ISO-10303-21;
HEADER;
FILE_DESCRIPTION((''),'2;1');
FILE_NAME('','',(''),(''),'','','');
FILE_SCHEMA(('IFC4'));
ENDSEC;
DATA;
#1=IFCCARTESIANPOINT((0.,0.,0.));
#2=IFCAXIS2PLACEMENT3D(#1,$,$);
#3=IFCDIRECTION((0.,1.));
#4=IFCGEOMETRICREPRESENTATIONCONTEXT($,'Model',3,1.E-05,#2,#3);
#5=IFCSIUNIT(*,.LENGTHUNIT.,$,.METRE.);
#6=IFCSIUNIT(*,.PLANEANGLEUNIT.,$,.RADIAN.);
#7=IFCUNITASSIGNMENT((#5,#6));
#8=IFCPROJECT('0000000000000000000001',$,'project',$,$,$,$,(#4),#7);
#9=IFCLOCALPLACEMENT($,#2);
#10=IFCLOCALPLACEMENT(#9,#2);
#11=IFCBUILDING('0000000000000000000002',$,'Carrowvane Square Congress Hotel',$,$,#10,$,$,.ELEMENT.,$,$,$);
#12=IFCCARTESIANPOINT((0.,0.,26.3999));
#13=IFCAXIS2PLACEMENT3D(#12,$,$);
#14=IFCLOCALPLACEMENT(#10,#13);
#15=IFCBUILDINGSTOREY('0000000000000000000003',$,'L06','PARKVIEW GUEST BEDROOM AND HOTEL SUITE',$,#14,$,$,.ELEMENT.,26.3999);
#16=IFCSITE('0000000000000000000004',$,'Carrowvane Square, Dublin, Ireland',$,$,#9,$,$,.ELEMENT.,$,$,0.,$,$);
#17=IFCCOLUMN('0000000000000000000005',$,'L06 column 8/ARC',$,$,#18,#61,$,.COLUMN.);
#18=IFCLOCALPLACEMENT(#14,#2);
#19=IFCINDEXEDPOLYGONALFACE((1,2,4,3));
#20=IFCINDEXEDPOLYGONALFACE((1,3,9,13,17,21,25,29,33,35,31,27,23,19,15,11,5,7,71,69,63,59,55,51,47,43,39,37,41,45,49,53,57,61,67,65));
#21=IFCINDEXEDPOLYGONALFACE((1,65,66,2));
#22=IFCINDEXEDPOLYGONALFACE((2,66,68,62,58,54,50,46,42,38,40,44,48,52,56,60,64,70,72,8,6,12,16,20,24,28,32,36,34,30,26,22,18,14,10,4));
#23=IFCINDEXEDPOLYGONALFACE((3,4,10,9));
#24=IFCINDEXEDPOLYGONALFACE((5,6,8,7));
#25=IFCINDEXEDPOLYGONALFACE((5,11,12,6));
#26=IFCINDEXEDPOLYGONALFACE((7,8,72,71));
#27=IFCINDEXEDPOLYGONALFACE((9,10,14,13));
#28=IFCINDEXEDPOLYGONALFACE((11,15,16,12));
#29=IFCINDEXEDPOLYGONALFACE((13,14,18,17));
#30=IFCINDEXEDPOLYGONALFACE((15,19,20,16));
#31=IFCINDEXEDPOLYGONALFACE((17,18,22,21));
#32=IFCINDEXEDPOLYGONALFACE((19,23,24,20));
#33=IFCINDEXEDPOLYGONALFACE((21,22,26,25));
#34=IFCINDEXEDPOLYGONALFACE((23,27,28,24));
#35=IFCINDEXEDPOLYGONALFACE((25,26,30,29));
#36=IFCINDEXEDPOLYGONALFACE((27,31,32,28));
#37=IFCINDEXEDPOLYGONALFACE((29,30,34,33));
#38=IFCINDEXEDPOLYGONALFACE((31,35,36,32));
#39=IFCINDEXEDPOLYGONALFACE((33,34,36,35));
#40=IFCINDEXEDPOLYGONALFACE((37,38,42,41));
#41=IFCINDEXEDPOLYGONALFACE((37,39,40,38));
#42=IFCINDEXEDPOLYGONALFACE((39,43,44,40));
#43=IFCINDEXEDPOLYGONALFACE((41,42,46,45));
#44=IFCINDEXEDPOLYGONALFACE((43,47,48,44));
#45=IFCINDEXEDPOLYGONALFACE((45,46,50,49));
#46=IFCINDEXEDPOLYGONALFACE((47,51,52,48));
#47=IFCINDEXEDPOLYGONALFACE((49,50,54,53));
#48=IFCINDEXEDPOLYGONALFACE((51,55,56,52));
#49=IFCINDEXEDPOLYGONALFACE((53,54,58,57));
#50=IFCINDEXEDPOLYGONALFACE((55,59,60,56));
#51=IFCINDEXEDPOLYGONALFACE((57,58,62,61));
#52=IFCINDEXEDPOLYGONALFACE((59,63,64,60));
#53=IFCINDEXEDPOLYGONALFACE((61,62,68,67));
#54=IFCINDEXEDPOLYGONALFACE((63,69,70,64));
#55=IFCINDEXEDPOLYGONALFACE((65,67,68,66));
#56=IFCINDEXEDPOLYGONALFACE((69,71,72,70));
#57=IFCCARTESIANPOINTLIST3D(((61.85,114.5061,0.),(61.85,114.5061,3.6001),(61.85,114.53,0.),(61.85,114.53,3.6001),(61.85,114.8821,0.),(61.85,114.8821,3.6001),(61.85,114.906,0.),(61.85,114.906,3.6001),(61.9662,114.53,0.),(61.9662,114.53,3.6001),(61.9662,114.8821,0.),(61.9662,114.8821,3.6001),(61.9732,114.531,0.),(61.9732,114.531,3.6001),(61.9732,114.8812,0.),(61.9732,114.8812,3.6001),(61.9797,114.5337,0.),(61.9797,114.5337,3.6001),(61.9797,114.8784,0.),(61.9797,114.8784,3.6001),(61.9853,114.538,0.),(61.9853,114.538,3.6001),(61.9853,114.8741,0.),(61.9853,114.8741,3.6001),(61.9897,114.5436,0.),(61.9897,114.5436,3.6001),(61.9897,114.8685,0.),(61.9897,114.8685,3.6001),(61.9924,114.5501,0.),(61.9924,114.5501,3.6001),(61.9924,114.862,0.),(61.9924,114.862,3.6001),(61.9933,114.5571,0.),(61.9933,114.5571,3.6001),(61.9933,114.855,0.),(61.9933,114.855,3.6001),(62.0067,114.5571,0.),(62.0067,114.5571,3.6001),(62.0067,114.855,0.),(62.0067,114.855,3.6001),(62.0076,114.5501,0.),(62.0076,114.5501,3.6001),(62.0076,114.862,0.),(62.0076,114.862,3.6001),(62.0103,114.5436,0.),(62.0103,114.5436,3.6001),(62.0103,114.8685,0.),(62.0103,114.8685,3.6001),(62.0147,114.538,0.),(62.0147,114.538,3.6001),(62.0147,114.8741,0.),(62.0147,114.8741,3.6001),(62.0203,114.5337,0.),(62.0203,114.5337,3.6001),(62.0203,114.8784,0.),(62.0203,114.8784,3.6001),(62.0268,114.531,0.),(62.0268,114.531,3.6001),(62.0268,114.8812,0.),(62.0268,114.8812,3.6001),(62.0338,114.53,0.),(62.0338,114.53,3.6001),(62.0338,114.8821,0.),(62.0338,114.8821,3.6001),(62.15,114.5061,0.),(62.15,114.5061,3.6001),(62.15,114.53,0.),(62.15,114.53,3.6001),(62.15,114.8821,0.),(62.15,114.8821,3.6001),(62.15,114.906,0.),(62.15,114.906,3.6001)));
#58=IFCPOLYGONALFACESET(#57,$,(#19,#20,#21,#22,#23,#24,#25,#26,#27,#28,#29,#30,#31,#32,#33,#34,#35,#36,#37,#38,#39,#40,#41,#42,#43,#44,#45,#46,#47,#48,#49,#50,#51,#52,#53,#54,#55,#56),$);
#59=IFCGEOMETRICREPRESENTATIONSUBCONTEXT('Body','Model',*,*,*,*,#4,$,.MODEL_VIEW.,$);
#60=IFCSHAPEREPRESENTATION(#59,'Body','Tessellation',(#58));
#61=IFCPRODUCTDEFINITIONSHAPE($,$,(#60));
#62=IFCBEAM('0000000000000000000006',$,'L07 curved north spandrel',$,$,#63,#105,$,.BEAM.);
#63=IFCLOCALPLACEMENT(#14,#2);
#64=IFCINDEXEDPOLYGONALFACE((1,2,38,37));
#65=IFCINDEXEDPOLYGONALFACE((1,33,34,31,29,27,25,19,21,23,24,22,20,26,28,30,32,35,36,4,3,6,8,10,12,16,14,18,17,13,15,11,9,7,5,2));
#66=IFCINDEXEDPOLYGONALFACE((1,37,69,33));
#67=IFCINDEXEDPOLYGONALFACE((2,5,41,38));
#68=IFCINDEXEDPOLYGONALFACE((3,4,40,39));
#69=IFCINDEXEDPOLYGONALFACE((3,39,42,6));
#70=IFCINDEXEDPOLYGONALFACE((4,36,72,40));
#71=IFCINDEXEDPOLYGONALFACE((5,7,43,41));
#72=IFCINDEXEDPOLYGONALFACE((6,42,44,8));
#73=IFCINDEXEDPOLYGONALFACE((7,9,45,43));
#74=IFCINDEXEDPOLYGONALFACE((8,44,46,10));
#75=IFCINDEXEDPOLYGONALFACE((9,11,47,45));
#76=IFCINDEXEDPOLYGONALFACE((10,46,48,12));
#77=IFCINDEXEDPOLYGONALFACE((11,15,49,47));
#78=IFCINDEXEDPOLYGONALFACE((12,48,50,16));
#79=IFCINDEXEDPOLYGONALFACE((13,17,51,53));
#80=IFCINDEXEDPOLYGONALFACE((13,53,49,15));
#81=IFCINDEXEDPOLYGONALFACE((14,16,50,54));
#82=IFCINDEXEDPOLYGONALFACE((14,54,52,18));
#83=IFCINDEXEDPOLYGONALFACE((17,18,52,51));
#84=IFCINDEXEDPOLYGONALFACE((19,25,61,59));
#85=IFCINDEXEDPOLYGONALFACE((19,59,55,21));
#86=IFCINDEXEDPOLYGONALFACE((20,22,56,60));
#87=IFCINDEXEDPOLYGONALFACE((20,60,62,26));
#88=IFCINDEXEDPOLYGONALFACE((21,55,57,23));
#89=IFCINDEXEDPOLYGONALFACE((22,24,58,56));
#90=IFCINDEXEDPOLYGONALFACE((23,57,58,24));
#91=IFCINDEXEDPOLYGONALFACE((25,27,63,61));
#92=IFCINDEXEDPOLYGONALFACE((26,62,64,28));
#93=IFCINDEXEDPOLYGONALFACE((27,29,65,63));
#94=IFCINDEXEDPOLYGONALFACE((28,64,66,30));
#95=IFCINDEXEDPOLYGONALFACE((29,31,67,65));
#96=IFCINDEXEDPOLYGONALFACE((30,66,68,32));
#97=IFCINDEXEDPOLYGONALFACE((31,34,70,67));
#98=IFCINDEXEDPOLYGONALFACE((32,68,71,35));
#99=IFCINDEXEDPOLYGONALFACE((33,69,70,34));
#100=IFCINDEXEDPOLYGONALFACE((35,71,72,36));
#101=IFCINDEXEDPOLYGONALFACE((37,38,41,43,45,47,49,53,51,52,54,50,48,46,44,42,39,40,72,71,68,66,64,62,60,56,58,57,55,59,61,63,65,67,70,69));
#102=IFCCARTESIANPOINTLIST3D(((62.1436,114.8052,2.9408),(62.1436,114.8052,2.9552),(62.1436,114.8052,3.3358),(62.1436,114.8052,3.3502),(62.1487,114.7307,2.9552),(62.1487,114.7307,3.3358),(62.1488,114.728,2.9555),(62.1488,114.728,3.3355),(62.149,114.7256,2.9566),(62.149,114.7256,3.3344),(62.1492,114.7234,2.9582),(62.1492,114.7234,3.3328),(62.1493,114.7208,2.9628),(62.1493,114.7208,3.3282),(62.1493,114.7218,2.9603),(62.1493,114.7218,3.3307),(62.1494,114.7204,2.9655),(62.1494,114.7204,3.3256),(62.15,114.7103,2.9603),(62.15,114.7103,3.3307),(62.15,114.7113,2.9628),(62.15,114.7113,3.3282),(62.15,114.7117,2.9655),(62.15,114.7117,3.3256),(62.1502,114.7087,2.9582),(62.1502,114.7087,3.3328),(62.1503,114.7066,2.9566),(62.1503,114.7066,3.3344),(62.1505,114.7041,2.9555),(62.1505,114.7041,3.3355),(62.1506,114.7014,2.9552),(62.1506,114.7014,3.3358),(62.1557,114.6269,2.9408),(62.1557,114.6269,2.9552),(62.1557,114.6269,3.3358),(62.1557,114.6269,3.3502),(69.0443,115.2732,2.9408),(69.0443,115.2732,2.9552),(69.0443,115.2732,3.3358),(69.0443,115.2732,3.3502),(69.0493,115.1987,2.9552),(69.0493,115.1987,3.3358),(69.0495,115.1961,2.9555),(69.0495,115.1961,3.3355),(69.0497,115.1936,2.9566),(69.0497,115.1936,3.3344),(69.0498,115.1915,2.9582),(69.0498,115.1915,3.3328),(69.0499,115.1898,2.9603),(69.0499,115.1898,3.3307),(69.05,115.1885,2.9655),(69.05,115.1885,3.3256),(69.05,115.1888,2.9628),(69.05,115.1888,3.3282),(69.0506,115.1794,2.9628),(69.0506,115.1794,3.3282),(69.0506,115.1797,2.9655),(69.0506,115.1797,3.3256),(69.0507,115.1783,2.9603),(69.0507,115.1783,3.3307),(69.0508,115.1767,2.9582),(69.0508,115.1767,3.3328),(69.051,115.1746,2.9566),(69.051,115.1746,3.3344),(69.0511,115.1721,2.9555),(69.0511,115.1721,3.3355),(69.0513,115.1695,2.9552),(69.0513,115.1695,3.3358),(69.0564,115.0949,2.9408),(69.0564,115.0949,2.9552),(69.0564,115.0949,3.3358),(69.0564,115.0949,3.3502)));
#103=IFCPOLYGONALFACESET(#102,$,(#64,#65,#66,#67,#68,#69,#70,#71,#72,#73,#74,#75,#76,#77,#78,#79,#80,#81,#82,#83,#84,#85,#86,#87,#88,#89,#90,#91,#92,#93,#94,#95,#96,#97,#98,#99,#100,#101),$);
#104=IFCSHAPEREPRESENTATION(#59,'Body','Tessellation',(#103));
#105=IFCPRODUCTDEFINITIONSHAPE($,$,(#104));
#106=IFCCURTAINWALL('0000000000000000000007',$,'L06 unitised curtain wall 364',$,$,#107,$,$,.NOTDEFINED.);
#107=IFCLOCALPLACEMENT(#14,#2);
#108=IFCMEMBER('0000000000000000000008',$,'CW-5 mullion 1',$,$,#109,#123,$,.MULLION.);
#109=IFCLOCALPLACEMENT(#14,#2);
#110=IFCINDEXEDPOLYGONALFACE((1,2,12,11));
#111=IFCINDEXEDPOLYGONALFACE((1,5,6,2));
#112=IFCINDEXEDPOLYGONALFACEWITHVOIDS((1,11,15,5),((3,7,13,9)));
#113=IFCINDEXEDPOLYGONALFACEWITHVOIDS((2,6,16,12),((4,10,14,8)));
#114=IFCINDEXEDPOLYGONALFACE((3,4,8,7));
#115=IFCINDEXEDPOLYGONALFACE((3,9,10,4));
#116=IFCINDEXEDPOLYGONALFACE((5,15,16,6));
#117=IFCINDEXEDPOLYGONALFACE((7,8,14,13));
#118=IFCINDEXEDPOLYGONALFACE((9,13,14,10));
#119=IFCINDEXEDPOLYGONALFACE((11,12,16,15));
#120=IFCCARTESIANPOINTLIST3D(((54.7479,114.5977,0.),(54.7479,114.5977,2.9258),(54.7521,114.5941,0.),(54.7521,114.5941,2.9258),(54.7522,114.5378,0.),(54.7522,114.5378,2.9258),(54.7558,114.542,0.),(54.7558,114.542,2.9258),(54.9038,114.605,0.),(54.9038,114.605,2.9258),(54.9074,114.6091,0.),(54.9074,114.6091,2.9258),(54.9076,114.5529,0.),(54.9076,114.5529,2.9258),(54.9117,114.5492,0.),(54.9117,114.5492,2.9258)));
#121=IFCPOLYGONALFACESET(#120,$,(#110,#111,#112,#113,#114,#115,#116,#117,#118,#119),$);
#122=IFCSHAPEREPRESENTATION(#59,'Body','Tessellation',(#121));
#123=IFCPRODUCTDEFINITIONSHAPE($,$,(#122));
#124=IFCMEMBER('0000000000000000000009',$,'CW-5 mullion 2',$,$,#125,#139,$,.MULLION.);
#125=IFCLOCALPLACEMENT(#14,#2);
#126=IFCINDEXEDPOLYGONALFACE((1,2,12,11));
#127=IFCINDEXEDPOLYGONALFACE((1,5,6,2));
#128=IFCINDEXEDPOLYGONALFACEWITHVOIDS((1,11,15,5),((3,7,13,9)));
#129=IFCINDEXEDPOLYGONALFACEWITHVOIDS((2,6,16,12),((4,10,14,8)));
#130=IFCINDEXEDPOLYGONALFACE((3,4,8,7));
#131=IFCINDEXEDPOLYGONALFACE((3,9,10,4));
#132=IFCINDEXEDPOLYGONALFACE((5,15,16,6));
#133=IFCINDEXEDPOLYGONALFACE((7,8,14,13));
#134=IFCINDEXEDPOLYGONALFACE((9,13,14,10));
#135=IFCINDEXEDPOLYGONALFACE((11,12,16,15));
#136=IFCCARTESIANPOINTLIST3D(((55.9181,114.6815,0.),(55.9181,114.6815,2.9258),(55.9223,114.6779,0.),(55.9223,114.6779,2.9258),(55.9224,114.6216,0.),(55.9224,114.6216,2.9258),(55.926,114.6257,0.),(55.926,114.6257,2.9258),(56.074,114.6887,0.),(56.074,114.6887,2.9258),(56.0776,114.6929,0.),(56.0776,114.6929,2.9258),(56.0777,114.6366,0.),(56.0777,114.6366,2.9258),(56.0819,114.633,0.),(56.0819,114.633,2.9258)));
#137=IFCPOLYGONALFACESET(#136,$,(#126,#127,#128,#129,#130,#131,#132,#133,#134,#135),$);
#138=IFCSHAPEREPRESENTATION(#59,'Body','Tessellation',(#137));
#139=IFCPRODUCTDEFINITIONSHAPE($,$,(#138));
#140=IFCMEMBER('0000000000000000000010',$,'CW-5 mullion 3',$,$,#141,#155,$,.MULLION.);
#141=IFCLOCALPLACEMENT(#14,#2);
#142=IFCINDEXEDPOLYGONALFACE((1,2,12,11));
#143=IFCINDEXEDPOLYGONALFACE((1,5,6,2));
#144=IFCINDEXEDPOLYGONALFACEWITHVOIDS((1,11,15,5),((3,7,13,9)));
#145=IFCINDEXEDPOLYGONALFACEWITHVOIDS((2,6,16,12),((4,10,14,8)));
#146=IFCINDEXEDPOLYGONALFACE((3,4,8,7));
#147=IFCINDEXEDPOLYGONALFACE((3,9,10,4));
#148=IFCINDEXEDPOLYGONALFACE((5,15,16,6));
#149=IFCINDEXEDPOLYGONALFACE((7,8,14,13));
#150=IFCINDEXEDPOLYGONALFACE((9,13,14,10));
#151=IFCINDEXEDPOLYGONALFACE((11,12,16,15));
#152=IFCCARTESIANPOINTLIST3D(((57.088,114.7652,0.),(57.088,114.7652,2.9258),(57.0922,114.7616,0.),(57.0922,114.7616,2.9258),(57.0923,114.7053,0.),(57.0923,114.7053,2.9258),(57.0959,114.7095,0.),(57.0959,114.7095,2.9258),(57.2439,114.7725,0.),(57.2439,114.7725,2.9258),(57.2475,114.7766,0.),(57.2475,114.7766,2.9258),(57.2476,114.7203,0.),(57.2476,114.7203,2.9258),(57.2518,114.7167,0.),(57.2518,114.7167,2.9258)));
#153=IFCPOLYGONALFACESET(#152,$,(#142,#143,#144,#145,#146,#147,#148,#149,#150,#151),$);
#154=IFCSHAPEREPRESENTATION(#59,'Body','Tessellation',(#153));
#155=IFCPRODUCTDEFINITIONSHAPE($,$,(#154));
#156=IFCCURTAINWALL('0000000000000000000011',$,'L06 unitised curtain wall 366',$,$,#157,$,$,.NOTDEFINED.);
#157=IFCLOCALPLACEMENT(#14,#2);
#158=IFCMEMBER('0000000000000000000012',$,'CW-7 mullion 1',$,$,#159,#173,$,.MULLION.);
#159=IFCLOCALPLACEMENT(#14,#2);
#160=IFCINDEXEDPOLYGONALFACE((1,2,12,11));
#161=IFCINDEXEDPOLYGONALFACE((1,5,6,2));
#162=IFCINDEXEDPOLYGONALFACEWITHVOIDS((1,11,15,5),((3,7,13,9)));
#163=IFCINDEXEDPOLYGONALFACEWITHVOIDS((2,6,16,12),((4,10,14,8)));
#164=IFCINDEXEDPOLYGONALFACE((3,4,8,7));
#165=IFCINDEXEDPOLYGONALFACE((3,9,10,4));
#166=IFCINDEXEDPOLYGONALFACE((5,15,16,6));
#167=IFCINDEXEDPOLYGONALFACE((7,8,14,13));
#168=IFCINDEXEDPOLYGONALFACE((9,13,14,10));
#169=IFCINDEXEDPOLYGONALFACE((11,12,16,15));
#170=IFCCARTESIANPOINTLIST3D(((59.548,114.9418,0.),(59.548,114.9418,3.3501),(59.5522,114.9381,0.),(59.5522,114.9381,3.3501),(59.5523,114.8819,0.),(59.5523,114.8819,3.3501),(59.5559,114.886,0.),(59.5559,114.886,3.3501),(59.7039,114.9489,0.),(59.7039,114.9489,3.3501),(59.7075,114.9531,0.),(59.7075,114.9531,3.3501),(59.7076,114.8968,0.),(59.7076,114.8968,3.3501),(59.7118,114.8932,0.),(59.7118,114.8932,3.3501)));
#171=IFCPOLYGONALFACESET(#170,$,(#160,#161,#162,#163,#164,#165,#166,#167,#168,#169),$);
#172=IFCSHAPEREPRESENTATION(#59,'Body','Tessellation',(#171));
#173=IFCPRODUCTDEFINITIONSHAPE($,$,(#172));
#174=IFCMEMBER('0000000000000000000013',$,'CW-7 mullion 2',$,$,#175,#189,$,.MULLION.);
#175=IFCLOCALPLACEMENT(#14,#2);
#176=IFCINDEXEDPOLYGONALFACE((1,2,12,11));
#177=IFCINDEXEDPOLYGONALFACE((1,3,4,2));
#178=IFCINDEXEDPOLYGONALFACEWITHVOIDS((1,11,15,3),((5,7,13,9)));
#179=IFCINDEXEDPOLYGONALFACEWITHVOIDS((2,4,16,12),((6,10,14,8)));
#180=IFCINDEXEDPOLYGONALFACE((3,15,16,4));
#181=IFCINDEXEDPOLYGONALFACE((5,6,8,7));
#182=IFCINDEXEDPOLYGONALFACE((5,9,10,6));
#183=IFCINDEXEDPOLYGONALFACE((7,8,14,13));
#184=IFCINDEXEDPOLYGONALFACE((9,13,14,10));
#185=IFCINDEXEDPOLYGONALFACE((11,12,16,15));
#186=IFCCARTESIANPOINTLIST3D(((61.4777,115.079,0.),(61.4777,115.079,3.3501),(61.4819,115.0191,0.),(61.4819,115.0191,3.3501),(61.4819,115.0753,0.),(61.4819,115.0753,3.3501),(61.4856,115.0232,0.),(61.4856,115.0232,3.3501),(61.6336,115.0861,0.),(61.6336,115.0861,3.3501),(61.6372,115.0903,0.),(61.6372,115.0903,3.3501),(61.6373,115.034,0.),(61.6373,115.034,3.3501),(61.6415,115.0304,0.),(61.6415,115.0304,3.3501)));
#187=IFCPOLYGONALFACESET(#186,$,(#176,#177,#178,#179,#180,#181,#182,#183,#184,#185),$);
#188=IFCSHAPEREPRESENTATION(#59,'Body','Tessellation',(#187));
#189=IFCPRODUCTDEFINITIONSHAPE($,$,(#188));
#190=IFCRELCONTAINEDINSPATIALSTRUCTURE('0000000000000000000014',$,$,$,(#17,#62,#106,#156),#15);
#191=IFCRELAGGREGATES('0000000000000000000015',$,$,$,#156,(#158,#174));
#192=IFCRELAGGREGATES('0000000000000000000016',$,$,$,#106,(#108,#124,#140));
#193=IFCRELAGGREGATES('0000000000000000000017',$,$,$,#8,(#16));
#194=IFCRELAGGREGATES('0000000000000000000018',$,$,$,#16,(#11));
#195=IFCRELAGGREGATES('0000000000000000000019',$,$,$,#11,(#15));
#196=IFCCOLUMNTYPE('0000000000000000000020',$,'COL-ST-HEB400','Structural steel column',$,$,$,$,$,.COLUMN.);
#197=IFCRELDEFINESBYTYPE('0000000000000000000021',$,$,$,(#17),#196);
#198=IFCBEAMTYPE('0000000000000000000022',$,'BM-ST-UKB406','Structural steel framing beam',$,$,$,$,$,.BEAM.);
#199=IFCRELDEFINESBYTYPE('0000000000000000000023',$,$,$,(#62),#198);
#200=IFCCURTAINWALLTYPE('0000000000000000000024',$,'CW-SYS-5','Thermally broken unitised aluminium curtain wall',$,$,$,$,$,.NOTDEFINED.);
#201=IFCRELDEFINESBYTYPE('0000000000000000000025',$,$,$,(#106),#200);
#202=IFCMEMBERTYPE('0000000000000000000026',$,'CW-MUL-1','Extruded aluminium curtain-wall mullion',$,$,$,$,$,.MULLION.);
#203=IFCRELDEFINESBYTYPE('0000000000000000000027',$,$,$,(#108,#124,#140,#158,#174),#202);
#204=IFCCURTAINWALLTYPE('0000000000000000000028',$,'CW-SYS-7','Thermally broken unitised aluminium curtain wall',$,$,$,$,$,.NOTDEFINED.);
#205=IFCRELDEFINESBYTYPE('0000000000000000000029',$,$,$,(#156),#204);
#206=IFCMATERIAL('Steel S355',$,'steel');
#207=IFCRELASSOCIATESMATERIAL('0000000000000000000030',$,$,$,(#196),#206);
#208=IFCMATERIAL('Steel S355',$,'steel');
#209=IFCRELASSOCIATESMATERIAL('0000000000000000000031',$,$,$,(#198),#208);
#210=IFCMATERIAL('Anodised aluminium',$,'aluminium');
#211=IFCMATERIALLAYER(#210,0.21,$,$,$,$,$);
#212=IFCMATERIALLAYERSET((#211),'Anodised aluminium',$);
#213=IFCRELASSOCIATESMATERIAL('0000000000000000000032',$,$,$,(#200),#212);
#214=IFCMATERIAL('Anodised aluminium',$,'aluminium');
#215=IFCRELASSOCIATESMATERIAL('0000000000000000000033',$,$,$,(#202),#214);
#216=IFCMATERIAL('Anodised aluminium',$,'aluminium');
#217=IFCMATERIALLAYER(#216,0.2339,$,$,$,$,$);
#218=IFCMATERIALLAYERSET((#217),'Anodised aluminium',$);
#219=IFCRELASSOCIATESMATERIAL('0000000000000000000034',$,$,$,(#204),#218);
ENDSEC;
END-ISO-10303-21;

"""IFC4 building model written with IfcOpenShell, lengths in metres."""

from ifc_helpers import new_model, si_unit, direction, frame, origin, origin_2d, place, context, subcontext, project, spatial, hollow_rectangle, i_section, extrude, material, layer, layer_set, material_profile, profile_set, type_object, element, aggregate, save


model = new_model("IFC4")

# Units and contexts
model_context = context("Model", 3, precision=1e-05, world=origin(), true_north=direction((0.0, 1.0)))
body_context = subcontext(model_context, "Body", "Model", "MODEL_VIEW")
ifc_project = project(units=[si_unit("LENGTHUNIT", "METRE"), si_unit("PLANEANGLEUNIT", "RADIAN")], contexts=[model_context])

# Site, building, storey
site_placement = place(None, origin())
site = spatial("IfcSite", under=ifc_project, at=site_placement, Name="Carrowvane Square, Dublin, Ireland", CompositionType="ELEMENT", RefElevation=0.0)
building_placement = place(site_placement, origin())
building = spatial("IfcBuilding", under=site, at=building_placement, Name="Carrowvane Square Congress Hotel", CompositionType="ELEMENT")
storey_placement = place(building_placement, frame((0.0, 0.0, 26.3999)))
storey = spatial("IfcBuildingStorey", under=building, at=storey_placement, Name="L06", Description="PARKVIEW GUEST BEDROOM AND HOTEL SUITE", CompositionType="ELEMENT", Elevation=26.3999)

# Column
ifc_material_1 = material(Name="Steel S355", Category="steel")
ifc_material_profile_1 = material_profile(ifc_material_1, i_section(OverallWidth=0.3, OverallDepth=0.3999, WebThickness=0.0134, FlangeThickness=0.0239, FilletRadius=0.0271, at=origin_2d()), Name="HEB 400")
ifc_profile_set_1 = profile_set([ifc_material_profile_1], Name="Steel S355")
column_type = type_object("IfcColumnType", Name="COL-ST-HEB400", Description="Structural steel column", PredefinedType="COLUMN", material=ifc_profile_set_1)
column_placement = place(storey_placement, frame((62.0, 114.7061, 0.0), z_axis=(0.0, 0.0, 1.0), x_axis=(1.0, 0.0, 0.0)))
element("IfcColumn", 1, at=column_placement, inside=storey, type_object=column_type, Name="L06 column 8/ARC", PredefinedType="COLUMN", context=body_context, shape_type="SweptSolid", body=[
    extrude(i_section(OverallWidth=0.3, OverallDepth=0.3999, WebThickness=0.0134, FlangeThickness=0.0239, FilletRadius=0.0271, at=origin_2d()), origin(), (0.0, 0.0, 1.0), 3.6001),
])

# Beam
ifc_material_2 = material(Name="Steel S355", Category="steel")
ifc_material_profile_2 = material_profile(ifc_material_2, i_section(OverallWidth=0.1787, OverallDepth=0.4094, WebThickness=0.0088, FlangeThickness=0.0144, FilletRadius=0.0103, at=origin_2d()), Name="UKB 406x178x67")
ifc_profile_set_2 = profile_set([ifc_material_profile_2], Name="Steel S355")
beam_type = type_object("IfcBeamType", Name="BM-ST-UKB406", Description="Structural steel framing beam", PredefinedType="BEAM", material=ifc_profile_set_2)
beam_placement = place(storey_placement, frame((62.1497, 114.7161, 3.1455), z_axis=(0.997708, 0.067667, 0.0), x_axis=(-0.067667, 0.997708, 0.0)))
element("IfcBeam", 2, at=beam_placement, inside=storey, type_object=beam_type, Name="L07 curved north spandrel", PredefinedType="BEAM", context=body_context, shape_type="SweptSolid", body=[
    extrude(i_section(OverallWidth=0.1787, OverallDepth=0.4094, WebThickness=0.0088, FlangeThickness=0.0144, FilletRadius=0.0103, at=origin_2d()), origin(), (0.0, 0.0, 1.0), 6.9165),
])

# Curtain walls, members
ifc_material_3 = material(Name="Anodised aluminium", Category="aluminium")
ifc_layer_1 = layer(ifc_material_3, 0.21)
ifc_layer_set_1 = layer_set([ifc_layer_1], Name="Anodised aluminium")
curtain_wall_type_1 = type_object("IfcCurtainWallType", Name="CW-SYS-5", Description="Thermally broken unitised aluminium curtain wall", PredefinedType="NOTDEFINED", material=ifc_layer_set_1)
curtain_wall_1_placement = place(storey_placement, origin())
curtain_wall_1 = element("IfcCurtainWall", 3, at=curtain_wall_1_placement, inside=storey, type_object=curtain_wall_type_1, Name="L06 unitised curtain wall 364", PredefinedType="NOTDEFINED")
ifc_material_4 = material(Name="Anodised aluminium", Category="aluminium")
ifc_material_profile_3 = material_profile(ifc_material_4, hollow_rectangle(XDim=0.0601, YDim=0.1599, WallThickness=0.0039, at=origin_2d()), Name="CW-ML 60x160x4")
ifc_profile_set_3 = profile_set([ifc_material_profile_3], Name="Anodised aluminium")
member_type_1 = type_object("IfcMemberType", Name="CW-MUL-1", Description="Extruded aluminium curtain-wall mullion", PredefinedType="MULLION", material=ifc_profile_set_3)
member_1_placement = place(storey_placement, frame((54.8298, 114.5735, 0.0), z_axis=(0.0, 0.0, 1.0), x_axis=(-0.071418, 0.997446, 0.0)))
member_1 = element("IfcMember", 4, at=member_1_placement, type_object=member_type_1, Name="CW-5 mullion 1", PredefinedType="MULLION", context=body_context, shape_type="SweptSolid", body=[
    extrude(hollow_rectangle(XDim=0.0601, YDim=0.1599, WallThickness=0.0039, at=origin_2d()), origin(), (0.0, 0.0, 1.0), 2.9258),
])
member_2_placement = place(storey_placement, frame((56.0, 114.6572, 0.0), z_axis=(0.0, 0.0, 1.0), x_axis=(-0.071418, 0.997446, 0.0)))
member_2 = element("IfcMember", 5, at=member_2_placement, type_object=member_type_1, Name="CW-5 mullion 2", PredefinedType="MULLION", context=body_context, shape_type="SweptSolid", body=[
    extrude(hollow_rectangle(XDim=0.0601, YDim=0.1599, WallThickness=0.0039, at=origin_2d()), origin(), (0.0, 0.0, 1.0), 2.9258),
])
member_3_placement = place(storey_placement, frame((57.1699, 114.741, 0.0), z_axis=(0.0, 0.0, 1.0), x_axis=(-0.071418, 0.997446, 0.0)))
member_3 = element("IfcMember", 6, at=member_3_placement, type_object=member_type_1, Name="CW-5 mullion 3", PredefinedType="MULLION", context=body_context, shape_type="SweptSolid", body=[
    extrude(hollow_rectangle(XDim=0.0601, YDim=0.1599, WallThickness=0.0039, at=origin_2d()), origin(), (0.0, 0.0, 1.0), 2.9258),
])
ifc_material_5 = material(Name="Anodised aluminium", Category="aluminium")
ifc_layer_2 = layer(ifc_material_5, 0.2339)
ifc_layer_set_2 = layer_set([ifc_layer_2], Name="Anodised aluminium")
curtain_wall_type_2 = type_object("IfcCurtainWallType", Name="CW-SYS-7", Description="Thermally broken unitised aluminium curtain wall", PredefinedType="NOTDEFINED", material=ifc_layer_set_2)
curtain_wall_2_placement = place(storey_placement, origin())
curtain_wall_2 = element("IfcCurtainWall", 7, at=curtain_wall_2_placement, inside=storey, type_object=curtain_wall_type_2, Name="L06 unitised curtain wall 366", PredefinedType="NOTDEFINED")
member_4_placement = place(storey_placement, frame((59.6299, 114.9175, 0.0), z_axis=(0.0, 0.0, 1.0), x_axis=(-0.07096, 0.997479, 0.0)))
member_4 = element("IfcMember", 8, at=member_4_placement, type_object=member_type_1, Name="CW-7 mullion 1", PredefinedType="MULLION", context=body_context, shape_type="SweptSolid", body=[
    extrude(hollow_rectangle(XDim=0.0601, YDim=0.1599, WallThickness=0.0039, at=origin_2d()), origin(), (0.0, 0.0, 1.0), 3.3501),
])
member_5_placement = place(storey_placement, frame((61.5596, 115.0547, 0.0), z_axis=(0.0, 0.0, 1.0), x_axis=(-0.07096, 0.997479, 0.0)))
member_5 = element("IfcMember", 9, at=member_5_placement, type_object=member_type_1, Name="CW-7 mullion 2", PredefinedType="MULLION", context=body_context, shape_type="SweptSolid", body=[
    extrude(hollow_rectangle(XDim=0.0601, YDim=0.1599, WallThickness=0.0039, at=origin_2d()), origin(), (0.0, 0.0, 1.0), 3.3501),
])

aggregate(curtain_wall_2, [member_4, member_5])
aggregate(curtain_wall_1, [member_1, member_2, member_3])

save(model, "model.ifc")
